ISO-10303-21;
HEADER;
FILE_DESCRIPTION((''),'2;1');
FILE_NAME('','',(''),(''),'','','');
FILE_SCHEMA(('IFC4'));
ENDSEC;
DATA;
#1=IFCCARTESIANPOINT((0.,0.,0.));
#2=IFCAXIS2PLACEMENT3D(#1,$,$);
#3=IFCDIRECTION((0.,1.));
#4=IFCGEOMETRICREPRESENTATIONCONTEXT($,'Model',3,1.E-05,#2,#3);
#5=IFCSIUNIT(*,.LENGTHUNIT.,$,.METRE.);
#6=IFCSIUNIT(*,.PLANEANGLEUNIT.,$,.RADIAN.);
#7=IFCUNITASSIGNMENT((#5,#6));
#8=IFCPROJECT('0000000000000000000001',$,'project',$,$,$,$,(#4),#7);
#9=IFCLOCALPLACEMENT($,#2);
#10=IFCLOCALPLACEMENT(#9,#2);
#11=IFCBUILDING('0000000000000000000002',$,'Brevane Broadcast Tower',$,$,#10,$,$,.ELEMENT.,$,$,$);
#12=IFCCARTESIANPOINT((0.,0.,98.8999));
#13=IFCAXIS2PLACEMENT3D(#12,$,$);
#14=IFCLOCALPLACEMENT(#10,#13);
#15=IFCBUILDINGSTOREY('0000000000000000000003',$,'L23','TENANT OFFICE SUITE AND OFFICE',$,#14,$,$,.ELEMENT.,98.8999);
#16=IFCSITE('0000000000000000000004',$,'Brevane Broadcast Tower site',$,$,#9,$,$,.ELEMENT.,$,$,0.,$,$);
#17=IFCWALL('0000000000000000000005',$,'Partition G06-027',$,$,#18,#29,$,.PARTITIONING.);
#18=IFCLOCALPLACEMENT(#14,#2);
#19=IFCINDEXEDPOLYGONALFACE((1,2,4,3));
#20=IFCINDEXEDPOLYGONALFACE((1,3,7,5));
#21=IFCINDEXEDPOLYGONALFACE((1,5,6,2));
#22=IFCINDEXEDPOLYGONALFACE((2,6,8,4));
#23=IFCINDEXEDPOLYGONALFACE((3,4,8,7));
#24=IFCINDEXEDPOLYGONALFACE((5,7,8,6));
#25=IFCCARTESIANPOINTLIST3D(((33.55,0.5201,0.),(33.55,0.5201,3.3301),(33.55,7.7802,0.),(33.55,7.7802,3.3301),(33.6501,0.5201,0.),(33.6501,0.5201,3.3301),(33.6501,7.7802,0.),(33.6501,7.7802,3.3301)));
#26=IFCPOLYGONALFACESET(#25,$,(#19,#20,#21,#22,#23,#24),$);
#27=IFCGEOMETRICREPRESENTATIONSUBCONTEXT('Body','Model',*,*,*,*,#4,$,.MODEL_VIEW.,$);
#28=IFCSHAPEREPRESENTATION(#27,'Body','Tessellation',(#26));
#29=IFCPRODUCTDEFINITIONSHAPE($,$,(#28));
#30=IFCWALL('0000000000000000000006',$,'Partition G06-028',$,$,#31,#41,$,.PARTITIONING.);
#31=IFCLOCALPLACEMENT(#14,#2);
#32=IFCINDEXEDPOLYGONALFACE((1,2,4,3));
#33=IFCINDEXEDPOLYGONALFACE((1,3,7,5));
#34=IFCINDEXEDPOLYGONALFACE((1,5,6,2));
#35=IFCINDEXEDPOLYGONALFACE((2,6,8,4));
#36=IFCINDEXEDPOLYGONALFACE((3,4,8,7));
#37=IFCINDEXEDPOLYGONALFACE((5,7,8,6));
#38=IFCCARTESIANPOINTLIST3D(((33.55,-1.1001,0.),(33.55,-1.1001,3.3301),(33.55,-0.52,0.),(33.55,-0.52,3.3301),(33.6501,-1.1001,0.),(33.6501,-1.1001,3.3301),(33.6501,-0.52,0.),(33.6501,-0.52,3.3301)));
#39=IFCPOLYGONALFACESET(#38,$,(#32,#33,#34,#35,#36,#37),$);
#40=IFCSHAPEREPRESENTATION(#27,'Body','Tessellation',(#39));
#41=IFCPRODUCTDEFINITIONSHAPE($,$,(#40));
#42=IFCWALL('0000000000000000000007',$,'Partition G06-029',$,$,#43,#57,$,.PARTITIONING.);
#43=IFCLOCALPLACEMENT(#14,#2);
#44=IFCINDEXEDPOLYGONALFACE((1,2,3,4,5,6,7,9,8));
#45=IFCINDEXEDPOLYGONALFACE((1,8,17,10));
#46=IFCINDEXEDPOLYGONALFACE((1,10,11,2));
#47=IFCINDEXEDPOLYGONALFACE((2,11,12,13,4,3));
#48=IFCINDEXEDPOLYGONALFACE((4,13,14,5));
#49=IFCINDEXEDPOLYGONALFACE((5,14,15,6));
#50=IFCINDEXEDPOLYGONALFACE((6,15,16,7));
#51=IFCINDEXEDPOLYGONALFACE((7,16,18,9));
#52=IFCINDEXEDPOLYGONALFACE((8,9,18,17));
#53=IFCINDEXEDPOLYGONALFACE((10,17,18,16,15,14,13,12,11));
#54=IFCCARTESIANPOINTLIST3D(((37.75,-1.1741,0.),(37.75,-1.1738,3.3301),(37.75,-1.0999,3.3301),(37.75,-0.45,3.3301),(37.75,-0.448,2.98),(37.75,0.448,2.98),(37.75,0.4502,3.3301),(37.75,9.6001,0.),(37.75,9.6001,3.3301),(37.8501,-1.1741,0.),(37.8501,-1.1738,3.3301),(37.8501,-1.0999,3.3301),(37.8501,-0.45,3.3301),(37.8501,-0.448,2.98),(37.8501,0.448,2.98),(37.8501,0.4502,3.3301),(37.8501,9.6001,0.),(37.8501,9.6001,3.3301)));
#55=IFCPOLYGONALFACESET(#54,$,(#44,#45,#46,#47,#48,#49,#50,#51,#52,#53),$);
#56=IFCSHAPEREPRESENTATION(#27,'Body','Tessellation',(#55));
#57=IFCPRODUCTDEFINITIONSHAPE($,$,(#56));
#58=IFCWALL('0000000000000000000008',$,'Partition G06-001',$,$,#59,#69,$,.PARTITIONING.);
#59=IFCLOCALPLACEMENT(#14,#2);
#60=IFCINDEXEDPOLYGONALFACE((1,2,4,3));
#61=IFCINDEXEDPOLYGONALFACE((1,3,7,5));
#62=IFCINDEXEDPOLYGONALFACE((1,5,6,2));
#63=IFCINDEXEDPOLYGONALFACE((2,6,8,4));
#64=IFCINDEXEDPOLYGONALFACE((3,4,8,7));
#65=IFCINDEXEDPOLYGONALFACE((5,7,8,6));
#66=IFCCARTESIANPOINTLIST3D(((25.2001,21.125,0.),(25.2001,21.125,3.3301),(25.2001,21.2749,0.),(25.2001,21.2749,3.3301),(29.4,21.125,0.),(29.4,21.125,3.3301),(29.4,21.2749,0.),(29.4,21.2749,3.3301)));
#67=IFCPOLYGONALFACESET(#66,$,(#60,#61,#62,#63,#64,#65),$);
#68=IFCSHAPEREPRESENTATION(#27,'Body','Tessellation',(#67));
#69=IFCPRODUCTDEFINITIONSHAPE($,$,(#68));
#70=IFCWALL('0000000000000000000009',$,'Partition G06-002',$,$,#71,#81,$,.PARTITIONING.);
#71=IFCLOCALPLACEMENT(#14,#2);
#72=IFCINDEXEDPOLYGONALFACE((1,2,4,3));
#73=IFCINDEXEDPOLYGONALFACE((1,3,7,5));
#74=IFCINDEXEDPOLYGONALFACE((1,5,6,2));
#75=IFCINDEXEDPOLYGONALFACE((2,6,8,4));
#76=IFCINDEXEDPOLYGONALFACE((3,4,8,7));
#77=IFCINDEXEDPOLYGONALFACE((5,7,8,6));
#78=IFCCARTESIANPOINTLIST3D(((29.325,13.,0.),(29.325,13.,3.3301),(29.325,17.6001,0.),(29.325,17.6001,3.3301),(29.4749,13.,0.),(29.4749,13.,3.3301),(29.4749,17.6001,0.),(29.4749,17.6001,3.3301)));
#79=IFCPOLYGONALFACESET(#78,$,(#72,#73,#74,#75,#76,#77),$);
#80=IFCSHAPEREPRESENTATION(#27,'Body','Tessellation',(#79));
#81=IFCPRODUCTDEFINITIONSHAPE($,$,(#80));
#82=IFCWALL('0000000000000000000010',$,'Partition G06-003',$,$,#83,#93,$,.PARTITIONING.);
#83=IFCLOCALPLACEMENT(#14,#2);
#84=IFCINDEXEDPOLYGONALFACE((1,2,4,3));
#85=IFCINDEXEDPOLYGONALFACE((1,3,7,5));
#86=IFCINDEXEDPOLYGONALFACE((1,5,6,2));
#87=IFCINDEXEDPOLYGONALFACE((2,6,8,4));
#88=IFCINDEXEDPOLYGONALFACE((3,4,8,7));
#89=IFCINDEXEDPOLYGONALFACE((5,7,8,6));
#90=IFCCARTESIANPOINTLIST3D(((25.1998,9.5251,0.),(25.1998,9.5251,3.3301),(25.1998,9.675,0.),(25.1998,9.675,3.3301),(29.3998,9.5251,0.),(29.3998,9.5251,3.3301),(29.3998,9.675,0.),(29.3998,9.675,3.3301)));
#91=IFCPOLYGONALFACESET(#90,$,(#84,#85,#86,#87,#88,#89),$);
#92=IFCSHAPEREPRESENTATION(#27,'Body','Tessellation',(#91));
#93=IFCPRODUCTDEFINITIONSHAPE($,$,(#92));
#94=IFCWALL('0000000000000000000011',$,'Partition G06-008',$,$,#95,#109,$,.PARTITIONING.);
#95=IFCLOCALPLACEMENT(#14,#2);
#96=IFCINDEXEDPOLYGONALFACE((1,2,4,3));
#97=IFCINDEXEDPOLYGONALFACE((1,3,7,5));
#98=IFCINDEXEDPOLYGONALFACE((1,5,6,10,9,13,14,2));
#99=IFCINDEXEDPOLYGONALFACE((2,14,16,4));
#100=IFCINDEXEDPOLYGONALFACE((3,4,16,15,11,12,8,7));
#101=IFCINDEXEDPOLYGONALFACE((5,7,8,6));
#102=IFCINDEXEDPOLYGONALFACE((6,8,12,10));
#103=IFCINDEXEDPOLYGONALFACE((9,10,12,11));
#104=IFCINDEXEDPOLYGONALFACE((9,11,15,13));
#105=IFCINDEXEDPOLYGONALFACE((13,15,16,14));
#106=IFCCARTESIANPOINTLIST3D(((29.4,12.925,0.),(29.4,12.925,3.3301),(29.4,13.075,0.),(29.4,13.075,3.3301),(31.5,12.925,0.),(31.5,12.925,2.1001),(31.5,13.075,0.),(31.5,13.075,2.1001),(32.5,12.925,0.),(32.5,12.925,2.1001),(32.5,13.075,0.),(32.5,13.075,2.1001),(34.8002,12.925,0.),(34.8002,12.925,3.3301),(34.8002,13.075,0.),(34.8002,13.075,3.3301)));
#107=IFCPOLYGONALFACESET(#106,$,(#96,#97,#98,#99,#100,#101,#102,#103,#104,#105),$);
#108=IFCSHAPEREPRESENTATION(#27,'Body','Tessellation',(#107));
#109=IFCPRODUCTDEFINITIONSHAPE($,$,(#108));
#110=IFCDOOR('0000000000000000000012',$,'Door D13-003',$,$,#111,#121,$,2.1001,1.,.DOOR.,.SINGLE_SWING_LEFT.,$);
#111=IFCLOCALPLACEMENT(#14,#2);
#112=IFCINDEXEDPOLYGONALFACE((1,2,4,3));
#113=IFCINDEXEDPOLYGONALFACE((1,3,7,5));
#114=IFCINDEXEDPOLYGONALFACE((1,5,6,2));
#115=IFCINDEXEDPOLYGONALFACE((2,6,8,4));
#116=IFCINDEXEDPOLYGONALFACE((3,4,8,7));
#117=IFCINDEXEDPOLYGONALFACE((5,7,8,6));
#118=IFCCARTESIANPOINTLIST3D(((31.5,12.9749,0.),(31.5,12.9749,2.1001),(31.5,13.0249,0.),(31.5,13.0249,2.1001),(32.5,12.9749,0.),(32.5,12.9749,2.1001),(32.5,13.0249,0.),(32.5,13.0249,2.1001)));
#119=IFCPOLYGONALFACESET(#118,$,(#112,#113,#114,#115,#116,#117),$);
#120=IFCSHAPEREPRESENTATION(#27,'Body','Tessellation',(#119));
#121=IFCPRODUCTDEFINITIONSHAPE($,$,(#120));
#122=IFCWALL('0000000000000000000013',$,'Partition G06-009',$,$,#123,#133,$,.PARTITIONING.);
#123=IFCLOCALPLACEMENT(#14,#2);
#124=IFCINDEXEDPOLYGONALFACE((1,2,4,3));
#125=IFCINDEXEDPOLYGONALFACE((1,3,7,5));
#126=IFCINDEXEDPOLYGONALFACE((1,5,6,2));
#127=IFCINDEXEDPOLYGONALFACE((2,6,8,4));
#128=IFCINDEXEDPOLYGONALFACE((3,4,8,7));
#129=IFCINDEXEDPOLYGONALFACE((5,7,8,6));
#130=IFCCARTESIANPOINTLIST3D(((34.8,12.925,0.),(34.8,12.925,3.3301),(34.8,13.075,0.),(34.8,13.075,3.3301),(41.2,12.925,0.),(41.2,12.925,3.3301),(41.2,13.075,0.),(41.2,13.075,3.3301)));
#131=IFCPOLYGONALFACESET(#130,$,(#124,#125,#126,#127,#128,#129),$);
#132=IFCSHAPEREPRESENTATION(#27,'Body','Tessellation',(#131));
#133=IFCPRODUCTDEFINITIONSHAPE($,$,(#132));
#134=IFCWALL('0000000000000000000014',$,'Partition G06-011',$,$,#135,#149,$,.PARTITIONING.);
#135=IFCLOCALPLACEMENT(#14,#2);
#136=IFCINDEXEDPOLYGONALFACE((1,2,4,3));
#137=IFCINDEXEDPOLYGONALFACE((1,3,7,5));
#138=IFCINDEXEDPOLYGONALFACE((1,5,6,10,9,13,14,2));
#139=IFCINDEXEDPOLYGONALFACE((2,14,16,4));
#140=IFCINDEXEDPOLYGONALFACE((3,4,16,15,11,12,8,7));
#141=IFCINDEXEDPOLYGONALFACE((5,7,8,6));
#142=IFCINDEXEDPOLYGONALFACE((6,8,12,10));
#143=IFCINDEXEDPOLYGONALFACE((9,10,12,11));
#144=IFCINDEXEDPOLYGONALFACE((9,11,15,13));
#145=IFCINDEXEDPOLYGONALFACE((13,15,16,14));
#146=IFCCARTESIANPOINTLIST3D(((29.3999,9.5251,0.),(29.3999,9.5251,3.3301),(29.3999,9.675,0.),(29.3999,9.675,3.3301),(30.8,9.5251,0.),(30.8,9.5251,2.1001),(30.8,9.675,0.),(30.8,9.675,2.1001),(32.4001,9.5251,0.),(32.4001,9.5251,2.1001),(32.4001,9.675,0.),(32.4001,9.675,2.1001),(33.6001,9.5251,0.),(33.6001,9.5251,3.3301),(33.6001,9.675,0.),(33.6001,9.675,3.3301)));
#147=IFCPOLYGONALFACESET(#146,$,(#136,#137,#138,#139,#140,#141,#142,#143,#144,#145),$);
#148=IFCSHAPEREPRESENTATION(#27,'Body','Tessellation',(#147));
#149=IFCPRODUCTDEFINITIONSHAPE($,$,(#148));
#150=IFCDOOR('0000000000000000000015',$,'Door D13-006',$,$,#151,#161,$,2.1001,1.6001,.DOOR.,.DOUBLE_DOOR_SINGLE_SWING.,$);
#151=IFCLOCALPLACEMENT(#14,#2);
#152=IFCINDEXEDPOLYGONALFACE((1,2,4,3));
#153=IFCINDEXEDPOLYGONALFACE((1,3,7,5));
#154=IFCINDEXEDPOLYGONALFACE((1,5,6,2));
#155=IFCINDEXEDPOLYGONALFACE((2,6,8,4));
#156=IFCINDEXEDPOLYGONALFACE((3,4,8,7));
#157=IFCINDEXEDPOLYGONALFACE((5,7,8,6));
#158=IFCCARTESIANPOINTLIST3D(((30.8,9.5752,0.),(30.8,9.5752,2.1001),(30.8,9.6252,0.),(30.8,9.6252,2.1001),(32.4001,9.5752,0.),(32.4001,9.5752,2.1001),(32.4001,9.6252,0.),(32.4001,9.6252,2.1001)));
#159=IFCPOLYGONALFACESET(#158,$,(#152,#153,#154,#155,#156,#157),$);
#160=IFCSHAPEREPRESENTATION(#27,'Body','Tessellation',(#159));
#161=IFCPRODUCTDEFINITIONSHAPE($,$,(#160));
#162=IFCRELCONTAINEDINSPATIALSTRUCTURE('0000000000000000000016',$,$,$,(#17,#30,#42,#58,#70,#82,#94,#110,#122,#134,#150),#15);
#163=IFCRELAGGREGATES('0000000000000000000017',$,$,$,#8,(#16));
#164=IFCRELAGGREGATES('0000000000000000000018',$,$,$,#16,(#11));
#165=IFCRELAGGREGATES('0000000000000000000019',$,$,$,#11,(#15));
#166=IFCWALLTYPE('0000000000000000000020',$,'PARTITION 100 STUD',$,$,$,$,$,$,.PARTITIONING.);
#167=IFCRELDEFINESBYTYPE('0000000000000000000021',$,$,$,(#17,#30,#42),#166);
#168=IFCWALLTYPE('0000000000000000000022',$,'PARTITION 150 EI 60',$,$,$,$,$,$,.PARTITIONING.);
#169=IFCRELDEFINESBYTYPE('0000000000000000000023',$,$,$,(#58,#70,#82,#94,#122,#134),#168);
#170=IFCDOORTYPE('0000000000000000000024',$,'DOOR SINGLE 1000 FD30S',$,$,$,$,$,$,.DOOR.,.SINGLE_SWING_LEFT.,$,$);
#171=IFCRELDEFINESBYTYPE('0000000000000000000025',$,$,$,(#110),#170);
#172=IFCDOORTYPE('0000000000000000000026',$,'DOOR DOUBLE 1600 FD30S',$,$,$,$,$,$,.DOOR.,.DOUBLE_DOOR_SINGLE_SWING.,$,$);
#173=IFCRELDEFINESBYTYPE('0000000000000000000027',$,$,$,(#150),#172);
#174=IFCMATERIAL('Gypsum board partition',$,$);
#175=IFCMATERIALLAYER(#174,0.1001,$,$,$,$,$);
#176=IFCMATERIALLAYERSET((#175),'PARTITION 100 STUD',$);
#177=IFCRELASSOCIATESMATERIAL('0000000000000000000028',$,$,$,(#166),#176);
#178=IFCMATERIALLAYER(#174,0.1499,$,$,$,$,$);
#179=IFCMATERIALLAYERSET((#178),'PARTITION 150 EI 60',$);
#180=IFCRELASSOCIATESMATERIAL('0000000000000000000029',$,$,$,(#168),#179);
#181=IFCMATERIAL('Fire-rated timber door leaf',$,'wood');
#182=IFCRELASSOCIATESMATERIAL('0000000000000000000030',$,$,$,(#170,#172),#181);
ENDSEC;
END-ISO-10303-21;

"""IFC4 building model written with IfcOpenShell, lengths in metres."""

from ifc_helpers import new_model, si_unit, direction, frame, frame_2d, origin, place, context, subcontext, project, spatial, polyline, rectangle, outline, extrude, material, layer, layer_set, type_object, element, fill, save


model = new_model("IFC4")

# Units and contexts
model_context = context("Model", 3, precision=1e-05, world=origin(), true_north=direction((0.0, 1.0)))
body_context = subcontext(model_context, "Body", "Model", "MODEL_VIEW")
ifc_project = project(units=[si_unit("LENGTHUNIT", "METRE"), si_unit("PLANEANGLEUNIT", "RADIAN")], contexts=[model_context])

# Site, building, storey
site_placement = place(None, origin())
site = spatial("IfcSite", under=ifc_project, at=site_placement, Name="Brevane Broadcast Tower site", CompositionType="ELEMENT", RefElevation=0.0)
building_placement = place(site_placement, origin())
building = spatial("IfcBuilding", under=site, at=building_placement, Name="Brevane Broadcast Tower", CompositionType="ELEMENT")
storey_placement = place(building_placement, frame((0.0, 0.0, 98.8999)))
storey = spatial("IfcBuildingStorey", under=building, at=storey_placement, Name="L23", Description="TENANT OFFICE SUITE AND OFFICE", CompositionType="ELEMENT", Elevation=98.8999)

# Walls
ifc_material_1 = material(Name="Gypsum board partition")
ifc_layer_1 = layer(ifc_material_1, 0.1001)
ifc_layer_set_1 = layer_set([ifc_layer_1], Name="PARTITION 100 STUD")
wall_type_1 = type_object("IfcWallType", Name="PARTITION 100 STUD", PredefinedType="PARTITIONING", material=ifc_layer_set_1)
wall_1_placement = place(storey_placement, frame((33.6001, 7.78, 0.0), z_axis=(0.0, 0.0, 1.0), x_axis=(0.0, -1.0, 0.0)))
element("IfcWall", 1, at=wall_1_placement, inside=storey, type_object=wall_type_1, Name="Partition G06-027", PredefinedType="PARTITIONING", context=body_context, shape_type="SweptSolid", body=[
    extrude(rectangle(XDim=7.26, YDim=0.1001, at=frame_2d((3.6299, 0.0))), origin(), (0.0, 0.0, 1.0), 3.3301),
])
wall_2_placement = place(storey_placement, frame((33.6001, -0.52, 0.0), z_axis=(0.0, 0.0, 1.0), x_axis=(0.0, -1.0, 0.0)))
element("IfcWall", 2, at=wall_2_placement, inside=storey, type_object=wall_type_1, Name="Partition G06-028", PredefinedType="PARTITIONING", context=body_context, shape_type="SweptSolid", body=[
    extrude(rectangle(XDim=0.5801, YDim=0.1001, at=frame_2d((0.29, 0.0))), origin(), (0.0, 0.0, 1.0), 3.3301),
])
wall_3_placement = place(storey_placement, frame((37.8, 9.6001, 0.0), z_axis=(0.0, 0.0, 1.0), x_axis=(0.0, -1.0, 0.0)))
element("IfcWall", 3, at=wall_3_placement, inside=storey, type_object=wall_type_1, Name="Partition G06-029", PredefinedType="PARTITIONING", context=body_context, shape_type="SweptSolid", body=[
    extrude(outline(polyline([(0.0, 0.0), (10.7742, 0.0), (10.7739, 3.3301), (10.7, 3.3301), (10.05, 3.3301), (10.0481, 2.98), (9.1521, 2.98), (9.1499, 3.3301), (0.0, 3.3301), (0.0, 0.0)])), frame((0.0, 0.05, 0.0), z_axis=(0.0, -1.0, 0.0), x_axis=(1.0, 0.0, 0.0)), (0.0, 0.0, 1.0), 0.1001),
])
ifc_layer_2 = layer(ifc_material_1, 0.1499)
ifc_layer_set_2 = layer_set([ifc_layer_2], Name="PARTITION 150 EI 60")
wall_type_2 = type_object("IfcWallType", Name="PARTITION 150 EI 60", PredefinedType="PARTITIONING", material=ifc_layer_set_2)
wall_4_placement = place(storey_placement, frame((25.2, 21.2, 0.0), z_axis=(0.0, 0.0, 1.0), x_axis=(1.0, 0.0, 0.0)))
element("IfcWall", 4, at=wall_4_placement, inside=storey, type_object=wall_type_2, Name="Partition G06-001", PredefinedType="PARTITIONING", context=body_context, shape_type="SweptSolid", body=[
    extrude(rectangle(XDim=4.2, YDim=0.1499, at=frame_2d((2.1001, 0.0))), origin(), (0.0, 0.0, 1.0), 3.3301),
])
wall_5_placement = place(storey_placement, frame((29.3999, 17.6001, 0.0), z_axis=(0.0, 0.0, 1.0), x_axis=(0.0, -1.0, 0.0)))
element("IfcWall", 5, at=wall_5_placement, inside=storey, type_object=wall_type_2, Name="Partition G06-002", PredefinedType="PARTITIONING", context=body_context, shape_type="SweptSolid", body=[
    extrude(rectangle(XDim=4.6001, YDim=0.1499, at=frame_2d((2.3, 0.0))), origin(), (0.0, 0.0, 1.0), 3.3301),
])
wall_6_placement = place(storey_placement, frame((29.3999, 9.6001, 0.0), z_axis=(0.0, 0.0, 1.0), x_axis=(-1.0, 0.0, 0.0)))
element("IfcWall", 6, at=wall_6_placement, inside=storey, type_object=wall_type_2, Name="Partition G06-003", PredefinedType="PARTITIONING", context=body_context, shape_type="SweptSolid", body=[
    extrude(rectangle(XDim=4.2, YDim=0.1499, at=frame_2d((2.1001, 0.0))), origin(), (0.0, 0.0, 1.0), 3.3301),
])

# Wall, opening, door
wall_7_placement = place(storey_placement, frame((29.3999, 13.0, 0.0), z_axis=(0.0, 0.0, 1.0), x_axis=(1.0, 0.0, 0.0)))
wall_7 = element("IfcWall", 7, at=wall_7_placement, inside=storey, type_object=wall_type_2, Name="Partition G06-008", PredefinedType="PARTITIONING", context=body_context, shape_type="SweptSolid", body=[
    extrude(rectangle(XDim=5.4001, YDim=0.1499, at=frame_2d((2.7002, 0.0))), origin(), (0.0, 0.0, 1.0), 3.3301),
])
opening_1_placement = place(wall_7_placement, frame((2.1001, 0.0, 0.0)))
opening_1 = element("IfcOpeningElement", 8, at=opening_1_placement, cuts=wall_7, PredefinedType="OPENING", context=body_context, shape_type="SweptSolid", body=[
    extrude(rectangle(XDim=1.0, YDim=2.1001, at=frame_2d((0.5, 1.05))), frame((0.0, 0.085, 0.0), z_axis=(0.0, -1.0, 0.0), x_axis=(1.0, 0.0, 0.0)), (0.0, 0.0, 1.0), 0.1699),
])
ifc_material_2 = material(Name="Fire-rated timber door leaf", Category="wood")
door_type_1 = type_object("IfcDoorType", Name="DOOR SINGLE 1000 FD30S", OperationType="SINGLE_SWING_LEFT", PredefinedType="DOOR", material=ifc_material_2)
door_1_placement = place(opening_1_placement, origin())
door_1 = element("IfcDoor", 9, at=door_1_placement, inside=storey, type_object=door_type_1, Name="Door D13-003", OperationType="SINGLE_SWING_LEFT", OverallHeight=2.1001, OverallWidth=1.0, PredefinedType="DOOR", context=body_context, shape_type="SweptSolid", body=[
    extrude(rectangle(XDim=1.0, YDim=2.1001, at=frame_2d((0.5, 1.05))), frame((0.0, 0.0249, 0.0), z_axis=(0.0, -1.0, 0.0), x_axis=(1.0, 0.0, 0.0)), (0.0, 0.0, 1.0), 0.05),
])
fill(opening_1, door_1)

# Wall
wall_8_placement = place(storey_placement, frame((34.8, 13.0, 0.0), z_axis=(0.0, 0.0, 1.0), x_axis=(1.0, 0.0, 0.0)))
element("IfcWall", 10, at=wall_8_placement, inside=storey, type_object=wall_type_2, Name="Partition G06-009", PredefinedType="PARTITIONING", context=body_context, shape_type="SweptSolid", body=[
    extrude(rectangle(XDim=6.3999, YDim=0.1499, at=frame_2d((3.2, 0.0))), origin(), (0.0, 0.0, 1.0), 3.3301),
])

# Wall, opening, door
wall_9_placement = place(storey_placement, frame((33.6001, 9.6001, 0.0), z_axis=(0.0, 0.0, 1.0), x_axis=(-1.0, 0.0, 0.0)))
wall_9 = element("IfcWall", 11, at=wall_9_placement, inside=storey, type_object=wall_type_2, Name="Partition G06-011", PredefinedType="PARTITIONING", context=body_context, shape_type="SweptSolid", body=[
    extrude(rectangle(XDim=4.2002, YDim=0.1499, at=frame_2d((2.1001, 0.0))), origin(), (0.0, 0.0, 1.0), 3.3301),
])
opening_2_placement = place(wall_9_placement, frame((1.2, 0.0, 0.0)))
opening_2 = element("IfcOpeningElement", 12, at=opening_2_placement, cuts=wall_9, PredefinedType="OPENING", context=body_context, shape_type="SweptSolid", body=[
    extrude(rectangle(XDim=1.6001, YDim=2.1001, at=frame_2d((0.8, 1.05))), frame((0.0, 0.085, 0.0), z_axis=(0.0, -1.0, 0.0), x_axis=(1.0, 0.0, 0.0)), (0.0, 0.0, 1.0), 0.1699),
])
door_type_2 = type_object("IfcDoorType", Name="DOOR DOUBLE 1600 FD30S", OperationType="DOUBLE_DOOR_SINGLE_SWING", PredefinedType="DOOR", material=ifc_material_2)
door_2_placement = place(opening_2_placement, origin())
door_2 = element("IfcDoor", 13, at=door_2_placement, inside=storey, type_object=door_type_2, Name="Door D13-006", OperationType="DOUBLE_DOOR_SINGLE_SWING", OverallHeight=2.1001, OverallWidth=1.6001, PredefinedType="DOOR", context=body_context, shape_type="SweptSolid", body=[
    extrude(rectangle(XDim=1.6001, YDim=2.1001, at=frame_2d((0.8, 1.05))), frame((0.0, 0.0249, 0.0), z_axis=(0.0, -1.0, 0.0), x_axis=(1.0, 0.0, 0.0)), (0.0, 0.0, 1.0), 0.05),
])
fill(opening_2, door_2)

save(model, "model.ifc")
